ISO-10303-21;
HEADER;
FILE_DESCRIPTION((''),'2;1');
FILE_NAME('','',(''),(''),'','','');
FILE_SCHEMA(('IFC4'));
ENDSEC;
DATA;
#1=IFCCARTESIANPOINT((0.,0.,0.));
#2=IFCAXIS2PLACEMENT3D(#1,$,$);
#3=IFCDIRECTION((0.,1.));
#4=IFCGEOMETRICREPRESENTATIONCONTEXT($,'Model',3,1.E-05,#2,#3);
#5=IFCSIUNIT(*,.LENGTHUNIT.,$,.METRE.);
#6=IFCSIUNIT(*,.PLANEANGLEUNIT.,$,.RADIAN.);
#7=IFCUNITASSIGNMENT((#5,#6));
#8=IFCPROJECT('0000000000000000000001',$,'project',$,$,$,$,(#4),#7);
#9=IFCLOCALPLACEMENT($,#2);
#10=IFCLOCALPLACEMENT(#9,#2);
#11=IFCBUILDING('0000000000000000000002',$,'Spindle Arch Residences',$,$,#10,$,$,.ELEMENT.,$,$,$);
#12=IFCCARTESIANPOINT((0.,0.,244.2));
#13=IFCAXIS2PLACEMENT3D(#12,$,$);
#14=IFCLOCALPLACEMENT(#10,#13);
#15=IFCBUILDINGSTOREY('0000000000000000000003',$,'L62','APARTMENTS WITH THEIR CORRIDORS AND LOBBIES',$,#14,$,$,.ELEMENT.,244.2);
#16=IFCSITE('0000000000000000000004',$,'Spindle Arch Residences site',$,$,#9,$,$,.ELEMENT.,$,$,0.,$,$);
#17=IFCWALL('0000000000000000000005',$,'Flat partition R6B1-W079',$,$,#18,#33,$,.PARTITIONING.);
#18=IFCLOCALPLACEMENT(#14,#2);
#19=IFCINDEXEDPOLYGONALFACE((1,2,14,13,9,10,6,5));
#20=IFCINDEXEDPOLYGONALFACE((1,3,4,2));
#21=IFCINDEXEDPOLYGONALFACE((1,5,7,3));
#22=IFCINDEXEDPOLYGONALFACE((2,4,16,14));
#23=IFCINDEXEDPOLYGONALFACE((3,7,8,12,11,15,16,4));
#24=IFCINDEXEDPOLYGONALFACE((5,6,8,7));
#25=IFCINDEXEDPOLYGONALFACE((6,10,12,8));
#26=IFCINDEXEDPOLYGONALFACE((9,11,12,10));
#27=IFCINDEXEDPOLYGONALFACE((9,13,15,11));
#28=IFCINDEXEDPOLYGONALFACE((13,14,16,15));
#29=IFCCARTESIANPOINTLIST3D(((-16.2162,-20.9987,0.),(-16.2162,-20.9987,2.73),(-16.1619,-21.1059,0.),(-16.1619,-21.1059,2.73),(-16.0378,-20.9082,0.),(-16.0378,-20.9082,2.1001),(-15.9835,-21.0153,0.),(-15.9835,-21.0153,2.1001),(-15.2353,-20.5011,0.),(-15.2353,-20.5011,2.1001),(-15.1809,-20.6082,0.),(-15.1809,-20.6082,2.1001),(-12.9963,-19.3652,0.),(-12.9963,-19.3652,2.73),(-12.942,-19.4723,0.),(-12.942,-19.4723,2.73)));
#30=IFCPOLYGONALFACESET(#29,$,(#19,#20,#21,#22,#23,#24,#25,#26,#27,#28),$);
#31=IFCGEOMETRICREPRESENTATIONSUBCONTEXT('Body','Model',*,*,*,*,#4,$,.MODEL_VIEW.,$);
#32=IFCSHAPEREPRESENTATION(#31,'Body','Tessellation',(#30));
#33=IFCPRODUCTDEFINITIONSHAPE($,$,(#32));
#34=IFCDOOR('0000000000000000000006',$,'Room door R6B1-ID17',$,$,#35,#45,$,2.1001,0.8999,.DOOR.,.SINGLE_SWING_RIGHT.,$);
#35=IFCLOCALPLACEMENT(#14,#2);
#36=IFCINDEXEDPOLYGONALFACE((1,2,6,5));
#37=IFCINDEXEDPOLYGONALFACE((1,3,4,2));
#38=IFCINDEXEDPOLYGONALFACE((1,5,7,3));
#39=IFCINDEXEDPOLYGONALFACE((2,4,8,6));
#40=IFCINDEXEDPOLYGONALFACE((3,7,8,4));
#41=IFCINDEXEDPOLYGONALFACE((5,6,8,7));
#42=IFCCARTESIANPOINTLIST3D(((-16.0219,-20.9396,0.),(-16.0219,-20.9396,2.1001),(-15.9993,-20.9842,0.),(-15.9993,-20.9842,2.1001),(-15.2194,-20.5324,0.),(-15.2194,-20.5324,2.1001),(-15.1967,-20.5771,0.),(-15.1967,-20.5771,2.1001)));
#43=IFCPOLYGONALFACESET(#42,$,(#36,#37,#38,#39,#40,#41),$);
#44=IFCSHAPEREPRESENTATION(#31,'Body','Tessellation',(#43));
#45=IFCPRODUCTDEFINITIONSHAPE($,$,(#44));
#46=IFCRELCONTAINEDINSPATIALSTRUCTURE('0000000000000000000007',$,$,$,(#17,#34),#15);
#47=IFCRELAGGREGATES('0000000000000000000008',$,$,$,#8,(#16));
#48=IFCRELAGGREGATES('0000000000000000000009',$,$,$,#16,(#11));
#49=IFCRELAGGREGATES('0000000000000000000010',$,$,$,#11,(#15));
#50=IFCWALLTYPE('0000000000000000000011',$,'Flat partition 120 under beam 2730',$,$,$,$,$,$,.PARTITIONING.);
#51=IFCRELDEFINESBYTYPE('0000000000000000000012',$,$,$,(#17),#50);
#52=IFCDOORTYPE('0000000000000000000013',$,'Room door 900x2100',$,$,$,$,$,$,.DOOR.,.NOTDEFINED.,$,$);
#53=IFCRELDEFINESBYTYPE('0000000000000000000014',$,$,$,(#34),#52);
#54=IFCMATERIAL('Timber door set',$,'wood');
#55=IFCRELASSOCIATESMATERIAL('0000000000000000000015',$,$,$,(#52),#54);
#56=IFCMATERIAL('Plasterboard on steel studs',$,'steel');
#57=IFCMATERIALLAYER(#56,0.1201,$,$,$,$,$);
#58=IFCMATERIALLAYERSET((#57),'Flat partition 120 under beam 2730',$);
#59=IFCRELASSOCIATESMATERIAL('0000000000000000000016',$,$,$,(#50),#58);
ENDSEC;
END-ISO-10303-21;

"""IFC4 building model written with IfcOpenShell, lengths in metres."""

from ifc_helpers import new_model, si_unit, direction, frame, frame_2d, origin, place, context, subcontext, project, spatial, rectangle, extrude, material, layer, layer_set, type_object, element, fill, save


model = new_model("IFC4")

# Units and contexts
model_context = context("Model", 3, precision=1e-05, world=origin(), true_north=direction((0.0, 1.0)))
body_context = subcontext(model_context, "Body", "Model", "MODEL_VIEW")
ifc_project = project(units=[si_unit("LENGTHUNIT", "METRE"), si_unit("PLANEANGLEUNIT", "RADIAN")], contexts=[model_context])

# Site, building, storey
site_placement = place(None, origin())
site = spatial("IfcSite", under=ifc_project, at=site_placement, Name="Spindle Arch Residences site", CompositionType="ELEMENT", RefElevation=0.0)
building_placement = place(site_placement, origin())
building = spatial("IfcBuilding", under=site, at=building_placement, Name="Spindle Arch Residences", CompositionType="ELEMENT")
storey_placement = place(building_placement, frame((0.0, 0.0, 244.2)))
storey = spatial("IfcBuildingStorey", under=building, at=storey_placement, Name="L62", Description="APARTMENTS WITH THEIR CORRIDORS AND LOBBIES", CompositionType="ELEMENT", Elevation=244.2)

# Shared definitions
ifc_material_1 = material(Name="Timber door set", Category="wood")
door_type = type_object("IfcDoorType", Name="Room door 900x2100", OperationType="NOTDEFINED", PredefinedType="DOOR", material=ifc_material_1)

# Wall, opening, door
ifc_material_2 = material(Name="Plasterboard on steel studs", Category="steel")
ifc_layer_1 = layer(ifc_material_2, 0.1201)
ifc_layer_set_1 = layer_set([ifc_layer_1], Name="Flat partition 120 under beam 2730")
wall_type_1 = type_object("IfcWallType", Name="Flat partition 120 under beam 2730", PredefinedType="PARTITIONING", material=ifc_layer_set_1)
wall_1_placement = place(storey_placement, frame((-16.189, -21.0522, 0.0), z_axis=(0.0, 0.0, 1.0), x_axis=(0.891802, 0.452426, 0.0)))
wall_1 = element("IfcWall", 1, at=wall_1_placement, inside=storey, type_object=wall_type_1, Name="Flat partition R6B1-W079", PredefinedType="PARTITIONING", context=body_context, shape_type="SweptSolid", body=[
    extrude(rectangle(XDim=3.6106, YDim=0.1201, at=frame_2d((1.8052, 0.0))), origin(), (0.0, 0.0, 1.0), 2.73),
])
opening_1_placement = place(wall_1_placement, frame((0.2, 0.0, 0.0)))
opening_1 = element("IfcOpeningElement", 2, at=opening_1_placement, cuts=wall_1, PredefinedType="OPENING", context=body_context, shape_type="SweptSolid", body=[
    extrude(rectangle(XDim=0.8999, YDim=2.1001, at=frame_2d((0.45, 1.05))), frame((0.0, 0.0701, 0.0), z_axis=(0.0, -1.0, 0.0), x_axis=(1.0, 0.0, 0.0)), (0.0, 0.0, 1.0), 0.1401),
])
door_1_placement = place(opening_1_placement, origin())
door_1 = element("IfcDoor", 3, at=door_1_placement, inside=storey, type_object=door_type, Name="Room door R6B1-ID17", OperationType="SINGLE_SWING_RIGHT", OverallHeight=2.1001, OverallWidth=0.8999, PredefinedType="DOOR", context=body_context, shape_type="SweptSolid", body=[
    extrude(rectangle(XDim=0.8999, YDim=2.1001, at=frame_2d((0.45, 1.05))), frame((0.0, 0.0249, 0.0), z_axis=(0.0, -1.0, 0.0), x_axis=(1.0, 0.0, 0.0)), (0.0, 0.0, 1.0), 0.05),
])
fill(opening_1, door_1)

save(model, "model.ifc")
